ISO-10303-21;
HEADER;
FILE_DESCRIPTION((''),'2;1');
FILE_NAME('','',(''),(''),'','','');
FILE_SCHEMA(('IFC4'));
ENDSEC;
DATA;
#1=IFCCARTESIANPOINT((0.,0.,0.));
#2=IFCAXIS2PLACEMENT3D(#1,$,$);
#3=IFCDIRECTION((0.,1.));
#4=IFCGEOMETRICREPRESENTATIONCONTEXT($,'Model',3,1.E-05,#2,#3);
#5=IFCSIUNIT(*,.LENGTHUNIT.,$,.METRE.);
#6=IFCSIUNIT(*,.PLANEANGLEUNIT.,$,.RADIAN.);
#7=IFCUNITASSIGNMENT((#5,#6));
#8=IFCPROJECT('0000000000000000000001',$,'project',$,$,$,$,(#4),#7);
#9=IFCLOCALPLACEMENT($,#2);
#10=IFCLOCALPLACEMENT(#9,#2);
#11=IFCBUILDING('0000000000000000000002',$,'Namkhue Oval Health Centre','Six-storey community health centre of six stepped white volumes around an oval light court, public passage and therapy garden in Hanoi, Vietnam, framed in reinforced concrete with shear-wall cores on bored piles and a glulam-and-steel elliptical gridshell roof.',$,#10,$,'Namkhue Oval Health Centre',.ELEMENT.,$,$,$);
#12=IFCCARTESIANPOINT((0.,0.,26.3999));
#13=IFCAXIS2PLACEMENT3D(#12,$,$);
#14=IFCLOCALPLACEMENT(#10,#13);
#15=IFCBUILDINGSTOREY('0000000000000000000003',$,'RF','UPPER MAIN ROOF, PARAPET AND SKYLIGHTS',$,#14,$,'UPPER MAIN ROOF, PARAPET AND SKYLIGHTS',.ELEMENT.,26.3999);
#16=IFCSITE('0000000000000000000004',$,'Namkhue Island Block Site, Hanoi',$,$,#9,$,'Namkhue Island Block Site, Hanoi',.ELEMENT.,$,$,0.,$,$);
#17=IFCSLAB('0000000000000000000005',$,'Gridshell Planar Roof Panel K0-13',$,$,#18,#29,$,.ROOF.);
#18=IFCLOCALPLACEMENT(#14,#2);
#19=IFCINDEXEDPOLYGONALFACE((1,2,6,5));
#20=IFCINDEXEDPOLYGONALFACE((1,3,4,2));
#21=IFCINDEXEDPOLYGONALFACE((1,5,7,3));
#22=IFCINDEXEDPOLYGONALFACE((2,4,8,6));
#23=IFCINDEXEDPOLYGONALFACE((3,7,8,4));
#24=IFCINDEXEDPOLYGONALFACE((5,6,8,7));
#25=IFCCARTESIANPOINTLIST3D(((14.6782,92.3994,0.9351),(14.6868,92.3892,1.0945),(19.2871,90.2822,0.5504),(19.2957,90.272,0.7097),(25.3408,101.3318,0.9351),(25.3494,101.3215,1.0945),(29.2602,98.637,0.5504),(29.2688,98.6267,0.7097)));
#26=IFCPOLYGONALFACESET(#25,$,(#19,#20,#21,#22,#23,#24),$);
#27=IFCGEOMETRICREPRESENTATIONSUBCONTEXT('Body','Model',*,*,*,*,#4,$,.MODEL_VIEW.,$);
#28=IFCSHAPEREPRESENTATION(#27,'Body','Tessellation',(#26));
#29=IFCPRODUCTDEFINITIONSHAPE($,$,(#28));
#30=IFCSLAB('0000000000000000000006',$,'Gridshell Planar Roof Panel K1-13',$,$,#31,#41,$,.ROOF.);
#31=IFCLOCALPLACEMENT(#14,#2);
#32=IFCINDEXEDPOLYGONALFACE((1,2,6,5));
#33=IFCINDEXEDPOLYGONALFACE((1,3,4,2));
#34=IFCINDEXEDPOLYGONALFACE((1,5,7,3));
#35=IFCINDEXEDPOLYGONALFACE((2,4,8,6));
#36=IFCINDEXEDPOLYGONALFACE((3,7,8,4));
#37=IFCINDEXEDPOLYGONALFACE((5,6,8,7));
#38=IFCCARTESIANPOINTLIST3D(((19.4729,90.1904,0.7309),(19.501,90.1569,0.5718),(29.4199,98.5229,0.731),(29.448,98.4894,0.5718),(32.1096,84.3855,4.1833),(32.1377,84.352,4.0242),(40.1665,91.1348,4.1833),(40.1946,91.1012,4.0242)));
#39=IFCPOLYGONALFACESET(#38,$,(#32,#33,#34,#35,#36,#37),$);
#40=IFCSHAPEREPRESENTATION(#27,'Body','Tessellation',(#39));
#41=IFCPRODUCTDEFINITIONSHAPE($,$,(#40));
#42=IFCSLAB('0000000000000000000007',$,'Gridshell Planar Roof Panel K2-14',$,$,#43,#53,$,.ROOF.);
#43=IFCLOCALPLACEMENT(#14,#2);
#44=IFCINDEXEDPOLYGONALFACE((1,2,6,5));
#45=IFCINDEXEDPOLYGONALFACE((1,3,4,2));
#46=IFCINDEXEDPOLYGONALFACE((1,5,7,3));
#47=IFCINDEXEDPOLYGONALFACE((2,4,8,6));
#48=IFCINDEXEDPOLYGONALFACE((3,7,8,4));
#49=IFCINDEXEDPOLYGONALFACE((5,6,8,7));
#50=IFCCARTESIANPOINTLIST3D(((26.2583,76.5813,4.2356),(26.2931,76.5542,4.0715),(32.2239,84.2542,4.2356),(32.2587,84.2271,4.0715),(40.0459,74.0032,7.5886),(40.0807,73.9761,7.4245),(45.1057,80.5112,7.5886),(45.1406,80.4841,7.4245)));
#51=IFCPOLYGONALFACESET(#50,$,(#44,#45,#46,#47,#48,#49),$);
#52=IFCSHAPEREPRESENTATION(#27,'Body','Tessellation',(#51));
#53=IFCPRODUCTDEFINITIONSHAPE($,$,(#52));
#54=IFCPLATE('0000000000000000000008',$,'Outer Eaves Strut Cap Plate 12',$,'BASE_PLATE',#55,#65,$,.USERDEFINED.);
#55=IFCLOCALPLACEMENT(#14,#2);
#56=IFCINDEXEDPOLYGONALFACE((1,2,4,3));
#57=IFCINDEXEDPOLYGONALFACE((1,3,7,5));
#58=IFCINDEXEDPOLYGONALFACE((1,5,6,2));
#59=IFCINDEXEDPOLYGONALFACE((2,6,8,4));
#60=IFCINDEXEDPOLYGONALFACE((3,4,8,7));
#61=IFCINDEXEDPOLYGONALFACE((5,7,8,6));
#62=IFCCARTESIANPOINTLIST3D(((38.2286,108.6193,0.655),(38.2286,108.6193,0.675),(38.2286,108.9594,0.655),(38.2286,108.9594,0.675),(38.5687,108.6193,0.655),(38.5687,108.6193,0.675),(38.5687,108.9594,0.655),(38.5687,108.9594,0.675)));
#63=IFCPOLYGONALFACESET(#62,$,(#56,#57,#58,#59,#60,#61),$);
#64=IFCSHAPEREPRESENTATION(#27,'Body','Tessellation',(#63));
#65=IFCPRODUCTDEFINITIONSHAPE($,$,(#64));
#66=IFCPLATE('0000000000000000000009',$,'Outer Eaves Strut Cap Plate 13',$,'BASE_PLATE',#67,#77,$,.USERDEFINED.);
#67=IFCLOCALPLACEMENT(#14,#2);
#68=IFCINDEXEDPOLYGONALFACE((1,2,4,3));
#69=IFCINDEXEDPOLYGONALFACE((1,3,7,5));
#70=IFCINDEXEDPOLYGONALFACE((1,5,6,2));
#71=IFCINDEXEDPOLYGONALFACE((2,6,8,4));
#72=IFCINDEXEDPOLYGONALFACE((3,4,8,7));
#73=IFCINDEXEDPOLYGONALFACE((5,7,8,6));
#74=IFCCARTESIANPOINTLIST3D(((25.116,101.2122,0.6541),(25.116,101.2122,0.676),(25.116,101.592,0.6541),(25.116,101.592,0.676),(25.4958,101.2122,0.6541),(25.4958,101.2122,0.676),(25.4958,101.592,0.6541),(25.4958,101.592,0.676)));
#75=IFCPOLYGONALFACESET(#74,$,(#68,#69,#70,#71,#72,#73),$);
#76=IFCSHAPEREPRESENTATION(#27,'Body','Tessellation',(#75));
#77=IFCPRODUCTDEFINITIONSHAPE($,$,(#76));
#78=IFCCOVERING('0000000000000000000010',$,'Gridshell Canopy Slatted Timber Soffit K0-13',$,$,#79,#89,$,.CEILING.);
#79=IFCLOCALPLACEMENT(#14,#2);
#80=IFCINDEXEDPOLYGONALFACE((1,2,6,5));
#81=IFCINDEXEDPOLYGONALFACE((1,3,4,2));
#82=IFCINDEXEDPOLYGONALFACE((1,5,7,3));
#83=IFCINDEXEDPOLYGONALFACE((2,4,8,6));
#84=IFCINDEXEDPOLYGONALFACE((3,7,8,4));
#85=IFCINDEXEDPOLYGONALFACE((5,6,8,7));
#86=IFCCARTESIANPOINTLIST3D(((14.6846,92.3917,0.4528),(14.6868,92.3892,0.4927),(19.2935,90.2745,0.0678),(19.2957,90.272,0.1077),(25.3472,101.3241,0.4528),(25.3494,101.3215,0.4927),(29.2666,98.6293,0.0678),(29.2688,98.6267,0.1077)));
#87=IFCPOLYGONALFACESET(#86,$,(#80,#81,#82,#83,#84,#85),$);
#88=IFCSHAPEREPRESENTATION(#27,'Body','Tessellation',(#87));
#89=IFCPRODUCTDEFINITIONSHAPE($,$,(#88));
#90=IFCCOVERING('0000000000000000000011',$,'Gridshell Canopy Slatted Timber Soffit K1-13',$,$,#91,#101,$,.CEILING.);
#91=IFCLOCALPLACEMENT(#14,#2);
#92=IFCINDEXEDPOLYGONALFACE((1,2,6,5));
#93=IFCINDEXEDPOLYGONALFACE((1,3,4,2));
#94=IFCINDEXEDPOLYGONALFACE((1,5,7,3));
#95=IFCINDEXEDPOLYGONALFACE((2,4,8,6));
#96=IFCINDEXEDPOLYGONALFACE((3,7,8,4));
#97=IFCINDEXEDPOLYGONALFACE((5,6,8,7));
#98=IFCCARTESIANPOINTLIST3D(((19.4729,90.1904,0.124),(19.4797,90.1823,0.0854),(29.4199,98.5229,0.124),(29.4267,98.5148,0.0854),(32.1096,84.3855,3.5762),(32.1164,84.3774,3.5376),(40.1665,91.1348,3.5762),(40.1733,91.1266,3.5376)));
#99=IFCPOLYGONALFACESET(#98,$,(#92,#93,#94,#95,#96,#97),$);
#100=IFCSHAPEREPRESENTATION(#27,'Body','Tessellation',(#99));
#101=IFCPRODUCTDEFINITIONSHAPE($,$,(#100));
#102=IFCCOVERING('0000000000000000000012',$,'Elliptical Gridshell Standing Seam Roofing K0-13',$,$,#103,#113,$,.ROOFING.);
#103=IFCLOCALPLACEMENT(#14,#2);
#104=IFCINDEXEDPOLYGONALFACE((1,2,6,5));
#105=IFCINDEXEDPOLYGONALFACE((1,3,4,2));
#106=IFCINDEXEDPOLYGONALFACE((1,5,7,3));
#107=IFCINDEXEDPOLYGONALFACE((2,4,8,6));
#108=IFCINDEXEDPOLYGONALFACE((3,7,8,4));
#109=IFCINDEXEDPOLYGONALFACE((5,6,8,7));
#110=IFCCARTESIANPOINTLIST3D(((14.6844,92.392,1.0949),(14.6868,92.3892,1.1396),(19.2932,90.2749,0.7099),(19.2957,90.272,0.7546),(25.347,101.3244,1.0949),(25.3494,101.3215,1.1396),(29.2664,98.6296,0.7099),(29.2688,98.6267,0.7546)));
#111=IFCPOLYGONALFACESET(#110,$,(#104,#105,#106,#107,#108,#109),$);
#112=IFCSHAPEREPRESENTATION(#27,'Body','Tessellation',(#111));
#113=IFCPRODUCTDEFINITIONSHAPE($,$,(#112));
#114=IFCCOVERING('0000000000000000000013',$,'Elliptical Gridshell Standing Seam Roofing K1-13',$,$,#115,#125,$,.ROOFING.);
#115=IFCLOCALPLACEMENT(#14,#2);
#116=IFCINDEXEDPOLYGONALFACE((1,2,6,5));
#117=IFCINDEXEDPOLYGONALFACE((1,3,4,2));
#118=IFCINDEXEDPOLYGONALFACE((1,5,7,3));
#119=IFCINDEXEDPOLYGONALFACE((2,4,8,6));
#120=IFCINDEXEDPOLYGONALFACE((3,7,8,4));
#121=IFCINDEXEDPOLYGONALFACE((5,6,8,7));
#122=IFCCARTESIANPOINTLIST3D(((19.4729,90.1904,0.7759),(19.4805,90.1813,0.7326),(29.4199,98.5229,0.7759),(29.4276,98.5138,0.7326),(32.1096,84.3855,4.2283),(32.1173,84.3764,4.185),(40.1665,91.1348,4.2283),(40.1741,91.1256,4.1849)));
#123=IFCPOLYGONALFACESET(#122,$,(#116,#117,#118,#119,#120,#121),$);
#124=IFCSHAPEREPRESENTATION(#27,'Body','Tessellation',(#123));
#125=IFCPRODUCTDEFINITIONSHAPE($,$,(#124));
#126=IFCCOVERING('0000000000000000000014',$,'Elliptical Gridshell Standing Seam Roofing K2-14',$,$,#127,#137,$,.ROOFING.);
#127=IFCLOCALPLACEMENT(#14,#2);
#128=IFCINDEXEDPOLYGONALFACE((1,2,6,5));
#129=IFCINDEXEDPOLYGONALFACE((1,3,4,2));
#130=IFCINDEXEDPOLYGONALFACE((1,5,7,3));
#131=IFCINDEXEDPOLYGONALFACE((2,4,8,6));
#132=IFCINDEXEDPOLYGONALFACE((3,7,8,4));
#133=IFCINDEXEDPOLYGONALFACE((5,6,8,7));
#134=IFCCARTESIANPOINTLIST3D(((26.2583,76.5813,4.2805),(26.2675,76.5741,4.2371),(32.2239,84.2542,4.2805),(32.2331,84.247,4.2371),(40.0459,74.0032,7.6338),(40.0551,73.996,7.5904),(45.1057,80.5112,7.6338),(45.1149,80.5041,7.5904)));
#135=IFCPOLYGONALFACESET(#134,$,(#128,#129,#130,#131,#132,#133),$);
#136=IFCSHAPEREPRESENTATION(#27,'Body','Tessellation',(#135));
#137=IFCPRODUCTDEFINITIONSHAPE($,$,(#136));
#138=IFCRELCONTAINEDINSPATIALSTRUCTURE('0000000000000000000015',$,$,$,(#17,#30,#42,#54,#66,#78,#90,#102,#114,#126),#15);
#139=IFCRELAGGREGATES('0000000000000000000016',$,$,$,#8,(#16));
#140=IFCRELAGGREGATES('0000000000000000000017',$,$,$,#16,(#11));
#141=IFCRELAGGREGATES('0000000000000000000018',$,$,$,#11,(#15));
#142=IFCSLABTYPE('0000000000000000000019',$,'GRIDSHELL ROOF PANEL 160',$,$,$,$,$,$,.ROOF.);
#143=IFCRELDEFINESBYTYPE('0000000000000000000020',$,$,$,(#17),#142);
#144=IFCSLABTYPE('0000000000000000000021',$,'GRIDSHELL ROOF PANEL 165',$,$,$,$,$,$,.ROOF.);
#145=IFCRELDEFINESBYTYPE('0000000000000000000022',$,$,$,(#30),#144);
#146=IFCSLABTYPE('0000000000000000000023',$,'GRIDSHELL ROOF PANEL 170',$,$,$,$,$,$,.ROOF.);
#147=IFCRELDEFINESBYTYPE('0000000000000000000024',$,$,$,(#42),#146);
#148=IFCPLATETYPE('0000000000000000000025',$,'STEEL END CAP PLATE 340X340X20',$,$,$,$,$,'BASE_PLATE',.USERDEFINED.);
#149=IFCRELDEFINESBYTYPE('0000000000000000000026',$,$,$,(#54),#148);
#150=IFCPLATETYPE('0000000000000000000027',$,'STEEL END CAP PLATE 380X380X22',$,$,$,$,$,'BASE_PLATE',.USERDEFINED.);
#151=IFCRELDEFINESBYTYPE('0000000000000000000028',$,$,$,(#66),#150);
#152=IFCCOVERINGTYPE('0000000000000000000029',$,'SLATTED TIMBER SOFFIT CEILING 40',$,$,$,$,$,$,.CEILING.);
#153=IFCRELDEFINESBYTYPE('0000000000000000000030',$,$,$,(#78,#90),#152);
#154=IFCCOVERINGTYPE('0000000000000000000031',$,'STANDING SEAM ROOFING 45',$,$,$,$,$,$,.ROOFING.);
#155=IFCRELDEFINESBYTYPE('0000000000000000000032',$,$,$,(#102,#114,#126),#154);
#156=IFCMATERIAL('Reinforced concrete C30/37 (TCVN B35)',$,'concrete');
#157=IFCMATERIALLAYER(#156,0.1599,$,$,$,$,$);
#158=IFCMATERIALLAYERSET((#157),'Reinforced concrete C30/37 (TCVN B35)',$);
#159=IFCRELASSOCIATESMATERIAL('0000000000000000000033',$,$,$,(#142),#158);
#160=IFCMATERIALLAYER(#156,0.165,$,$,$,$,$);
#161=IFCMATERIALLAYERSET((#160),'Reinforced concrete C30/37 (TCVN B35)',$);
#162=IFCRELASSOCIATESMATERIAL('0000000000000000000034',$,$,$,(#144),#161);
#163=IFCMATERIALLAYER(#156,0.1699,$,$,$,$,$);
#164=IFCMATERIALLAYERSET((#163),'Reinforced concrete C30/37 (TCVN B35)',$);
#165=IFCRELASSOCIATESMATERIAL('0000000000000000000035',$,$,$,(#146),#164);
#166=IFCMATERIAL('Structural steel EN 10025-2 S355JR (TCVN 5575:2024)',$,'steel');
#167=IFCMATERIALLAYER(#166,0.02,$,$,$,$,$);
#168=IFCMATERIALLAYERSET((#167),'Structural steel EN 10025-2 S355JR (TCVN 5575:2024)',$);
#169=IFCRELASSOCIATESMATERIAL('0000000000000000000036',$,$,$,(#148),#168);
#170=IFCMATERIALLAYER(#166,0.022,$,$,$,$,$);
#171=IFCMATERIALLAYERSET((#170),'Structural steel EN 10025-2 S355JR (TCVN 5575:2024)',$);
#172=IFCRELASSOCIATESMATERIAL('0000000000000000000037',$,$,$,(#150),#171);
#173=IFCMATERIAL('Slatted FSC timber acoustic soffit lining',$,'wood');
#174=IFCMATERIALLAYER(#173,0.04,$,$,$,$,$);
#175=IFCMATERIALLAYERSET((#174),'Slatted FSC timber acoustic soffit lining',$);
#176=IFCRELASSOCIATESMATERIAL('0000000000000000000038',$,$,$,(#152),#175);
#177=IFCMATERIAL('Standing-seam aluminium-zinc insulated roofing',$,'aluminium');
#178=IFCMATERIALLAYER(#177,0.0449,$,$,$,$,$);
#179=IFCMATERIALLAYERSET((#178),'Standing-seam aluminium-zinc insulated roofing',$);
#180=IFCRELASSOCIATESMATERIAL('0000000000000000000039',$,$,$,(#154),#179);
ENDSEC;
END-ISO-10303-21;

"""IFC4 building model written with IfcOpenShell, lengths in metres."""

from ifc_helpers import new_model, si_unit, direction, frame, origin, origin_2d, place, context, subcontext, project, spatial, polyline, rectangle, outline, extrude, material, layer, layer_set, type_object, element, save


model = new_model("IFC4")

# Units and contexts
model_context = context("Model", 3, precision=1e-05, world=origin(), true_north=direction((0.0, 1.0)))
body_context = subcontext(model_context, "Body", "Model", "MODEL_VIEW")
ifc_project = project(units=[si_unit("LENGTHUNIT", "METRE"), si_unit("PLANEANGLEUNIT", "RADIAN")], contexts=[model_context])

# Site, building, storey
site_placement = place(None, origin())
site = spatial("IfcSite", under=ifc_project, at=site_placement, Name="Namkhue Island Block Site, Hanoi", LongName="Namkhue Island Block Site, Hanoi", CompositionType="ELEMENT", RefElevation=0.0)
building_placement = place(site_placement, origin())
building = spatial("IfcBuilding", under=site, at=building_placement, Name="Namkhue Oval Health Centre", Description="Six-storey community health centre of six stepped white volumes around an oval light court, public passage and therapy garden in Hanoi, Vietnam, framed in reinforced concrete with shear-wall cores on bored piles and a glulam-and-steel elliptical gridshell roof.", LongName="Namkhue Oval Health Centre", CompositionType="ELEMENT")
storey_placement = place(building_placement, frame((0.0, 0.0, 26.3999)))
storey = spatial("IfcBuildingStorey", under=building, at=storey_placement, Name="RF", Description="UPPER MAIN ROOF, PARAPET AND SKYLIGHTS", LongName="UPPER MAIN ROOF, PARAPET AND SKYLIGHTS", CompositionType="ELEMENT", Elevation=26.3999)

# Shared definitions
ifc_material_1 = material(Name="Structural steel EN 10025-2 S355JR (TCVN 5575:2024)", Category="steel")

# Slabs
ifc_material_2 = material(Name="Reinforced concrete C30/37 (TCVN B35)", Category="concrete")
ifc_layer_1 = layer(ifc_material_2, 0.1599)
ifc_layer_set_1 = layer_set([ifc_layer_1], Name="Reinforced concrete C30/37 (TCVN B35)")
slab_type_1 = type_object("IfcSlabType", Name="GRIDSHELL ROOF PANEL 160", PredefinedType="ROOF", material=ifc_layer_set_1)
slab_1_placement = place(storey_placement, frame((25.3494, 101.3215, 1.0945), z_axis=(0.053728, -0.064136, 0.996494), x_axis=(-0.766561, -0.642171, 0.0)))
element("IfcSlab", 1, at=slab_1_placement, inside=storey, type_object=slab_type_1, Name="Gridshell Planar Roof Panel K0-13", PredefinedType="ROOF", context=body_context, shape_type="SweptSolid", body=[
    extrude(outline(polyline([(0.0, 0.0), (13.9096, 0.0), (11.7362, 4.5988), (-1.2739, 4.5988), (0.0, 0.0)])), origin(), (0.0, 0.0, -1.0), 0.1599),
])
ifc_layer_2 = layer(ifc_material_2, 0.165)
ifc_layer_set_2 = layer_set([ifc_layer_2], Name="Reinforced concrete C30/37 (TCVN B35)")
slab_type_2 = type_object("IfcSlabType", Name="GRIDSHELL ROOF PANEL 165", PredefinedType="ROOF", material=ifc_layer_set_2)
slab_2_placement = place(storey_placement, frame((29.4199, 98.5229, 0.731), z_axis=(-0.17014, 0.203105, 0.964262), x_axis=(-0.766576, -0.642153, -0.000001)))
element("IfcSlab", 2, at=slab_2_placement, inside=storey, type_object=slab_type_2, Name="Gridshell Planar Roof Panel K1-13", PredefinedType="ROOF", context=body_context, shape_type="SweptSolid", body=[
    extrude(outline(polyline([(0.0, 0.0), (12.9759, 0.0), (7.0166, 13.0303), (-3.4937, 13.0302), (0.0, 0.0)])), origin(), (0.0, 0.0, -1.0), 0.165),
])
ifc_layer_3 = layer(ifc_material_2, 0.1699)
ifc_layer_set_3 = layer_set([ifc_layer_3], Name="Reinforced concrete C30/37 (TCVN B35)")
slab_type_3 = type_object("IfcSlabType", Name="GRIDSHELL ROOF PANEL 170", PredefinedType="ROOF", material=ifc_layer_set_3)
slab_3_placement = place(storey_placement, frame((32.2239, 84.2542, 4.2356), z_axis=(-0.205039, 0.159414, 0.965684), x_axis=(-0.613799, -0.789462, -0.000002)))
element("IfcSlab", 3, at=slab_3_placement, inside=storey, type_object=slab_type_3, Name="Gridshell Planar Roof Panel K2-14", PredefinedType="ROOF", context=body_context, shape_type="SweptSolid", body=[
    extrude(outline(polyline([(0.0, 0.0), (9.7191, 0.0), (3.2916, 12.9103), (-4.952, 12.9101), (0.0, 0.0)])), origin(), (0.0, 0.0, -1.0), 0.1699),
])

# Plates
ifc_layer_4 = layer(ifc_material_1, 0.02)
ifc_layer_set_4 = layer_set([ifc_layer_4], Name="Structural steel EN 10025-2 S355JR (TCVN 5575:2024)")
plate_type_1 = type_object("IfcPlateType", Name="STEEL END CAP PLATE 340X340X20", ElementType="BASE_PLATE", PredefinedType="USERDEFINED", material=ifc_layer_set_4)
plate_1_placement = place(storey_placement, frame((38.3987, 108.7893, 0.655), z_axis=(0.0, 0.0, 1.0), x_axis=(1.0, 0.0, 0.0)))
element("IfcPlate", 4, at=plate_1_placement, inside=storey, type_object=plate_type_1, Name="Outer Eaves Strut Cap Plate 12", ObjectType="BASE_PLATE", PredefinedType="USERDEFINED", context=body_context, shape_type="SweptSolid", body=[
    extrude(rectangle(XDim=0.3401, YDim=0.3401, at=origin_2d()), origin(), (0.0, 0.0, 1.0), 0.02),
])
ifc_layer_5 = layer(ifc_material_1, 0.022)
ifc_layer_set_5 = layer_set([ifc_layer_5], Name="Structural steel EN 10025-2 S355JR (TCVN 5575:2024)")
plate_type_2 = type_object("IfcPlateType", Name="STEEL END CAP PLATE 380X380X22", ElementType="BASE_PLATE", PredefinedType="USERDEFINED", material=ifc_layer_set_5)
plate_2_placement = place(storey_placement, frame((25.3059, 101.4021, 0.6541), z_axis=(0.0, 0.0, 1.0), x_axis=(1.0, 0.0, 0.0)))
element("IfcPlate", 5, at=plate_2_placement, inside=storey, type_object=plate_type_2, Name="Outer Eaves Strut Cap Plate 13", ObjectType="BASE_PLATE", PredefinedType="USERDEFINED", context=body_context, shape_type="SweptSolid", body=[
    extrude(rectangle(XDim=0.3799, YDim=0.3799, at=origin_2d()), origin(), (0.0, 0.0, 1.0), 0.022),
])

# Coverings
ifc_material_3 = material(Name="Slatted FSC timber acoustic soffit lining", Category="wood")
ifc_layer_6 = layer(ifc_material_3, 0.04)
ifc_layer_set_6 = layer_set([ifc_layer_6], Name="Slatted FSC timber acoustic soffit lining")
covering_type_1 = type_object("IfcCoveringType", Name="SLATTED TIMBER SOFFIT CEILING 40", PredefinedType="CEILING", material=ifc_layer_set_6)
covering_1_placement = place(storey_placement, frame((25.3494, 101.3215, 0.4927), z_axis=(0.053762, -0.064176, 0.996489), x_axis=(-0.766561, -0.642171, 0.0)))
element("IfcCovering", 6, at=covering_1_placement, inside=storey, type_object=covering_type_1, Name="Gridshell Canopy Slatted Timber Soffit K0-13", PredefinedType="CEILING", context=body_context, shape_type="SweptSolid", body=[
    extrude(outline(polyline([(0.0, 0.0), (13.9096, 0.0), (11.7362, 4.5988), (-1.2739, 4.5988), (0.0, 0.0)])), origin(), (0.0, 0.0, -1.0), 0.04),
])
covering_2_placement = place(storey_placement, frame((29.4199, 98.5229, 0.124), z_axis=(-0.170129, 0.203092, 0.964267), x_axis=(-0.766576, -0.642153, -0.000001)))
element("IfcCovering", 7, at=covering_2_placement, inside=storey, type_object=covering_type_1, Name="Gridshell Canopy Slatted Timber Soffit K1-13", PredefinedType="CEILING", context=body_context, shape_type="SweptSolid", body=[
    extrude(outline(polyline([(0.0, 0.0), (12.9759, 0.0), (7.0166, 13.0302), (-3.4937, 13.0302), (0.0, 0.0)])), origin(), (0.0, 0.0, -1.0), 0.04),
])
ifc_material_4 = material(Name="Standing-seam aluminium-zinc insulated roofing", Category="aluminium")
ifc_layer_7 = layer(ifc_material_4, 0.0449)
ifc_layer_set_7 = layer_set([ifc_layer_7], Name="Standing-seam aluminium-zinc insulated roofing")
covering_type_2 = type_object("IfcCoveringType", Name="STANDING SEAM ROOFING 45", PredefinedType="ROOFING", material=ifc_layer_set_7)
covering_3_placement = place(storey_placement, frame((25.3494, 101.3215, 1.1396), z_axis=(0.053762, -0.064176, 0.996489), x_axis=(-0.766561, -0.642171, 0.0)))
element("IfcCovering", 8, at=covering_3_placement, inside=storey, type_object=covering_type_2, Name="Elliptical Gridshell Standing Seam Roofing K0-13", PredefinedType="ROOFING", context=body_context, shape_type="SweptSolid", body=[
    extrude(outline(polyline([(0.0, 0.0), (13.9096, 0.0), (11.7362, 4.5988), (-1.2739, 4.5988), (0.0, 0.0)])), origin(), (0.0, 0.0, -1.0), 0.0449),
])
covering_4_placement = place(storey_placement, frame((29.4199, 98.5229, 0.7759), z_axis=(-0.17014, 0.203105, 0.964262), x_axis=(-0.766576, -0.642153, -0.000001)))
element("IfcCovering", 9, at=covering_4_placement, inside=storey, type_object=covering_type_2, Name="Elliptical Gridshell Standing Seam Roofing K1-13", PredefinedType="ROOFING", context=body_context, shape_type="SweptSolid", body=[
    extrude(outline(polyline([(0.0, 0.0), (12.9759, 0.0), (7.0166, 13.0303), (-3.4937, 13.0302), (0.0, 0.0)])), origin(), (0.0, 0.0, -1.0), 0.0449),
])
covering_5_placement = place(storey_placement, frame((32.2239, 84.2542, 4.2805), z_axis=(-0.205053, 0.159425, 0.96568), x_axis=(-0.613799, -0.789462, -0.000002)))
element("IfcCovering", 10, at=covering_5_placement, inside=storey, type_object=covering_type_2, Name="Elliptical Gridshell Standing Seam Roofing K2-14", PredefinedType="ROOFING", context=body_context, shape_type="SweptSolid", body=[
    extrude(outline(polyline([(0.0, 0.0), (9.7191, 0.0), (3.2916, 12.9103), (-4.952, 12.9102), (0.0, 0.0)])), origin(), (0.0, 0.0, -1.0), 0.0449),
])

save(model, "model.ifc")
